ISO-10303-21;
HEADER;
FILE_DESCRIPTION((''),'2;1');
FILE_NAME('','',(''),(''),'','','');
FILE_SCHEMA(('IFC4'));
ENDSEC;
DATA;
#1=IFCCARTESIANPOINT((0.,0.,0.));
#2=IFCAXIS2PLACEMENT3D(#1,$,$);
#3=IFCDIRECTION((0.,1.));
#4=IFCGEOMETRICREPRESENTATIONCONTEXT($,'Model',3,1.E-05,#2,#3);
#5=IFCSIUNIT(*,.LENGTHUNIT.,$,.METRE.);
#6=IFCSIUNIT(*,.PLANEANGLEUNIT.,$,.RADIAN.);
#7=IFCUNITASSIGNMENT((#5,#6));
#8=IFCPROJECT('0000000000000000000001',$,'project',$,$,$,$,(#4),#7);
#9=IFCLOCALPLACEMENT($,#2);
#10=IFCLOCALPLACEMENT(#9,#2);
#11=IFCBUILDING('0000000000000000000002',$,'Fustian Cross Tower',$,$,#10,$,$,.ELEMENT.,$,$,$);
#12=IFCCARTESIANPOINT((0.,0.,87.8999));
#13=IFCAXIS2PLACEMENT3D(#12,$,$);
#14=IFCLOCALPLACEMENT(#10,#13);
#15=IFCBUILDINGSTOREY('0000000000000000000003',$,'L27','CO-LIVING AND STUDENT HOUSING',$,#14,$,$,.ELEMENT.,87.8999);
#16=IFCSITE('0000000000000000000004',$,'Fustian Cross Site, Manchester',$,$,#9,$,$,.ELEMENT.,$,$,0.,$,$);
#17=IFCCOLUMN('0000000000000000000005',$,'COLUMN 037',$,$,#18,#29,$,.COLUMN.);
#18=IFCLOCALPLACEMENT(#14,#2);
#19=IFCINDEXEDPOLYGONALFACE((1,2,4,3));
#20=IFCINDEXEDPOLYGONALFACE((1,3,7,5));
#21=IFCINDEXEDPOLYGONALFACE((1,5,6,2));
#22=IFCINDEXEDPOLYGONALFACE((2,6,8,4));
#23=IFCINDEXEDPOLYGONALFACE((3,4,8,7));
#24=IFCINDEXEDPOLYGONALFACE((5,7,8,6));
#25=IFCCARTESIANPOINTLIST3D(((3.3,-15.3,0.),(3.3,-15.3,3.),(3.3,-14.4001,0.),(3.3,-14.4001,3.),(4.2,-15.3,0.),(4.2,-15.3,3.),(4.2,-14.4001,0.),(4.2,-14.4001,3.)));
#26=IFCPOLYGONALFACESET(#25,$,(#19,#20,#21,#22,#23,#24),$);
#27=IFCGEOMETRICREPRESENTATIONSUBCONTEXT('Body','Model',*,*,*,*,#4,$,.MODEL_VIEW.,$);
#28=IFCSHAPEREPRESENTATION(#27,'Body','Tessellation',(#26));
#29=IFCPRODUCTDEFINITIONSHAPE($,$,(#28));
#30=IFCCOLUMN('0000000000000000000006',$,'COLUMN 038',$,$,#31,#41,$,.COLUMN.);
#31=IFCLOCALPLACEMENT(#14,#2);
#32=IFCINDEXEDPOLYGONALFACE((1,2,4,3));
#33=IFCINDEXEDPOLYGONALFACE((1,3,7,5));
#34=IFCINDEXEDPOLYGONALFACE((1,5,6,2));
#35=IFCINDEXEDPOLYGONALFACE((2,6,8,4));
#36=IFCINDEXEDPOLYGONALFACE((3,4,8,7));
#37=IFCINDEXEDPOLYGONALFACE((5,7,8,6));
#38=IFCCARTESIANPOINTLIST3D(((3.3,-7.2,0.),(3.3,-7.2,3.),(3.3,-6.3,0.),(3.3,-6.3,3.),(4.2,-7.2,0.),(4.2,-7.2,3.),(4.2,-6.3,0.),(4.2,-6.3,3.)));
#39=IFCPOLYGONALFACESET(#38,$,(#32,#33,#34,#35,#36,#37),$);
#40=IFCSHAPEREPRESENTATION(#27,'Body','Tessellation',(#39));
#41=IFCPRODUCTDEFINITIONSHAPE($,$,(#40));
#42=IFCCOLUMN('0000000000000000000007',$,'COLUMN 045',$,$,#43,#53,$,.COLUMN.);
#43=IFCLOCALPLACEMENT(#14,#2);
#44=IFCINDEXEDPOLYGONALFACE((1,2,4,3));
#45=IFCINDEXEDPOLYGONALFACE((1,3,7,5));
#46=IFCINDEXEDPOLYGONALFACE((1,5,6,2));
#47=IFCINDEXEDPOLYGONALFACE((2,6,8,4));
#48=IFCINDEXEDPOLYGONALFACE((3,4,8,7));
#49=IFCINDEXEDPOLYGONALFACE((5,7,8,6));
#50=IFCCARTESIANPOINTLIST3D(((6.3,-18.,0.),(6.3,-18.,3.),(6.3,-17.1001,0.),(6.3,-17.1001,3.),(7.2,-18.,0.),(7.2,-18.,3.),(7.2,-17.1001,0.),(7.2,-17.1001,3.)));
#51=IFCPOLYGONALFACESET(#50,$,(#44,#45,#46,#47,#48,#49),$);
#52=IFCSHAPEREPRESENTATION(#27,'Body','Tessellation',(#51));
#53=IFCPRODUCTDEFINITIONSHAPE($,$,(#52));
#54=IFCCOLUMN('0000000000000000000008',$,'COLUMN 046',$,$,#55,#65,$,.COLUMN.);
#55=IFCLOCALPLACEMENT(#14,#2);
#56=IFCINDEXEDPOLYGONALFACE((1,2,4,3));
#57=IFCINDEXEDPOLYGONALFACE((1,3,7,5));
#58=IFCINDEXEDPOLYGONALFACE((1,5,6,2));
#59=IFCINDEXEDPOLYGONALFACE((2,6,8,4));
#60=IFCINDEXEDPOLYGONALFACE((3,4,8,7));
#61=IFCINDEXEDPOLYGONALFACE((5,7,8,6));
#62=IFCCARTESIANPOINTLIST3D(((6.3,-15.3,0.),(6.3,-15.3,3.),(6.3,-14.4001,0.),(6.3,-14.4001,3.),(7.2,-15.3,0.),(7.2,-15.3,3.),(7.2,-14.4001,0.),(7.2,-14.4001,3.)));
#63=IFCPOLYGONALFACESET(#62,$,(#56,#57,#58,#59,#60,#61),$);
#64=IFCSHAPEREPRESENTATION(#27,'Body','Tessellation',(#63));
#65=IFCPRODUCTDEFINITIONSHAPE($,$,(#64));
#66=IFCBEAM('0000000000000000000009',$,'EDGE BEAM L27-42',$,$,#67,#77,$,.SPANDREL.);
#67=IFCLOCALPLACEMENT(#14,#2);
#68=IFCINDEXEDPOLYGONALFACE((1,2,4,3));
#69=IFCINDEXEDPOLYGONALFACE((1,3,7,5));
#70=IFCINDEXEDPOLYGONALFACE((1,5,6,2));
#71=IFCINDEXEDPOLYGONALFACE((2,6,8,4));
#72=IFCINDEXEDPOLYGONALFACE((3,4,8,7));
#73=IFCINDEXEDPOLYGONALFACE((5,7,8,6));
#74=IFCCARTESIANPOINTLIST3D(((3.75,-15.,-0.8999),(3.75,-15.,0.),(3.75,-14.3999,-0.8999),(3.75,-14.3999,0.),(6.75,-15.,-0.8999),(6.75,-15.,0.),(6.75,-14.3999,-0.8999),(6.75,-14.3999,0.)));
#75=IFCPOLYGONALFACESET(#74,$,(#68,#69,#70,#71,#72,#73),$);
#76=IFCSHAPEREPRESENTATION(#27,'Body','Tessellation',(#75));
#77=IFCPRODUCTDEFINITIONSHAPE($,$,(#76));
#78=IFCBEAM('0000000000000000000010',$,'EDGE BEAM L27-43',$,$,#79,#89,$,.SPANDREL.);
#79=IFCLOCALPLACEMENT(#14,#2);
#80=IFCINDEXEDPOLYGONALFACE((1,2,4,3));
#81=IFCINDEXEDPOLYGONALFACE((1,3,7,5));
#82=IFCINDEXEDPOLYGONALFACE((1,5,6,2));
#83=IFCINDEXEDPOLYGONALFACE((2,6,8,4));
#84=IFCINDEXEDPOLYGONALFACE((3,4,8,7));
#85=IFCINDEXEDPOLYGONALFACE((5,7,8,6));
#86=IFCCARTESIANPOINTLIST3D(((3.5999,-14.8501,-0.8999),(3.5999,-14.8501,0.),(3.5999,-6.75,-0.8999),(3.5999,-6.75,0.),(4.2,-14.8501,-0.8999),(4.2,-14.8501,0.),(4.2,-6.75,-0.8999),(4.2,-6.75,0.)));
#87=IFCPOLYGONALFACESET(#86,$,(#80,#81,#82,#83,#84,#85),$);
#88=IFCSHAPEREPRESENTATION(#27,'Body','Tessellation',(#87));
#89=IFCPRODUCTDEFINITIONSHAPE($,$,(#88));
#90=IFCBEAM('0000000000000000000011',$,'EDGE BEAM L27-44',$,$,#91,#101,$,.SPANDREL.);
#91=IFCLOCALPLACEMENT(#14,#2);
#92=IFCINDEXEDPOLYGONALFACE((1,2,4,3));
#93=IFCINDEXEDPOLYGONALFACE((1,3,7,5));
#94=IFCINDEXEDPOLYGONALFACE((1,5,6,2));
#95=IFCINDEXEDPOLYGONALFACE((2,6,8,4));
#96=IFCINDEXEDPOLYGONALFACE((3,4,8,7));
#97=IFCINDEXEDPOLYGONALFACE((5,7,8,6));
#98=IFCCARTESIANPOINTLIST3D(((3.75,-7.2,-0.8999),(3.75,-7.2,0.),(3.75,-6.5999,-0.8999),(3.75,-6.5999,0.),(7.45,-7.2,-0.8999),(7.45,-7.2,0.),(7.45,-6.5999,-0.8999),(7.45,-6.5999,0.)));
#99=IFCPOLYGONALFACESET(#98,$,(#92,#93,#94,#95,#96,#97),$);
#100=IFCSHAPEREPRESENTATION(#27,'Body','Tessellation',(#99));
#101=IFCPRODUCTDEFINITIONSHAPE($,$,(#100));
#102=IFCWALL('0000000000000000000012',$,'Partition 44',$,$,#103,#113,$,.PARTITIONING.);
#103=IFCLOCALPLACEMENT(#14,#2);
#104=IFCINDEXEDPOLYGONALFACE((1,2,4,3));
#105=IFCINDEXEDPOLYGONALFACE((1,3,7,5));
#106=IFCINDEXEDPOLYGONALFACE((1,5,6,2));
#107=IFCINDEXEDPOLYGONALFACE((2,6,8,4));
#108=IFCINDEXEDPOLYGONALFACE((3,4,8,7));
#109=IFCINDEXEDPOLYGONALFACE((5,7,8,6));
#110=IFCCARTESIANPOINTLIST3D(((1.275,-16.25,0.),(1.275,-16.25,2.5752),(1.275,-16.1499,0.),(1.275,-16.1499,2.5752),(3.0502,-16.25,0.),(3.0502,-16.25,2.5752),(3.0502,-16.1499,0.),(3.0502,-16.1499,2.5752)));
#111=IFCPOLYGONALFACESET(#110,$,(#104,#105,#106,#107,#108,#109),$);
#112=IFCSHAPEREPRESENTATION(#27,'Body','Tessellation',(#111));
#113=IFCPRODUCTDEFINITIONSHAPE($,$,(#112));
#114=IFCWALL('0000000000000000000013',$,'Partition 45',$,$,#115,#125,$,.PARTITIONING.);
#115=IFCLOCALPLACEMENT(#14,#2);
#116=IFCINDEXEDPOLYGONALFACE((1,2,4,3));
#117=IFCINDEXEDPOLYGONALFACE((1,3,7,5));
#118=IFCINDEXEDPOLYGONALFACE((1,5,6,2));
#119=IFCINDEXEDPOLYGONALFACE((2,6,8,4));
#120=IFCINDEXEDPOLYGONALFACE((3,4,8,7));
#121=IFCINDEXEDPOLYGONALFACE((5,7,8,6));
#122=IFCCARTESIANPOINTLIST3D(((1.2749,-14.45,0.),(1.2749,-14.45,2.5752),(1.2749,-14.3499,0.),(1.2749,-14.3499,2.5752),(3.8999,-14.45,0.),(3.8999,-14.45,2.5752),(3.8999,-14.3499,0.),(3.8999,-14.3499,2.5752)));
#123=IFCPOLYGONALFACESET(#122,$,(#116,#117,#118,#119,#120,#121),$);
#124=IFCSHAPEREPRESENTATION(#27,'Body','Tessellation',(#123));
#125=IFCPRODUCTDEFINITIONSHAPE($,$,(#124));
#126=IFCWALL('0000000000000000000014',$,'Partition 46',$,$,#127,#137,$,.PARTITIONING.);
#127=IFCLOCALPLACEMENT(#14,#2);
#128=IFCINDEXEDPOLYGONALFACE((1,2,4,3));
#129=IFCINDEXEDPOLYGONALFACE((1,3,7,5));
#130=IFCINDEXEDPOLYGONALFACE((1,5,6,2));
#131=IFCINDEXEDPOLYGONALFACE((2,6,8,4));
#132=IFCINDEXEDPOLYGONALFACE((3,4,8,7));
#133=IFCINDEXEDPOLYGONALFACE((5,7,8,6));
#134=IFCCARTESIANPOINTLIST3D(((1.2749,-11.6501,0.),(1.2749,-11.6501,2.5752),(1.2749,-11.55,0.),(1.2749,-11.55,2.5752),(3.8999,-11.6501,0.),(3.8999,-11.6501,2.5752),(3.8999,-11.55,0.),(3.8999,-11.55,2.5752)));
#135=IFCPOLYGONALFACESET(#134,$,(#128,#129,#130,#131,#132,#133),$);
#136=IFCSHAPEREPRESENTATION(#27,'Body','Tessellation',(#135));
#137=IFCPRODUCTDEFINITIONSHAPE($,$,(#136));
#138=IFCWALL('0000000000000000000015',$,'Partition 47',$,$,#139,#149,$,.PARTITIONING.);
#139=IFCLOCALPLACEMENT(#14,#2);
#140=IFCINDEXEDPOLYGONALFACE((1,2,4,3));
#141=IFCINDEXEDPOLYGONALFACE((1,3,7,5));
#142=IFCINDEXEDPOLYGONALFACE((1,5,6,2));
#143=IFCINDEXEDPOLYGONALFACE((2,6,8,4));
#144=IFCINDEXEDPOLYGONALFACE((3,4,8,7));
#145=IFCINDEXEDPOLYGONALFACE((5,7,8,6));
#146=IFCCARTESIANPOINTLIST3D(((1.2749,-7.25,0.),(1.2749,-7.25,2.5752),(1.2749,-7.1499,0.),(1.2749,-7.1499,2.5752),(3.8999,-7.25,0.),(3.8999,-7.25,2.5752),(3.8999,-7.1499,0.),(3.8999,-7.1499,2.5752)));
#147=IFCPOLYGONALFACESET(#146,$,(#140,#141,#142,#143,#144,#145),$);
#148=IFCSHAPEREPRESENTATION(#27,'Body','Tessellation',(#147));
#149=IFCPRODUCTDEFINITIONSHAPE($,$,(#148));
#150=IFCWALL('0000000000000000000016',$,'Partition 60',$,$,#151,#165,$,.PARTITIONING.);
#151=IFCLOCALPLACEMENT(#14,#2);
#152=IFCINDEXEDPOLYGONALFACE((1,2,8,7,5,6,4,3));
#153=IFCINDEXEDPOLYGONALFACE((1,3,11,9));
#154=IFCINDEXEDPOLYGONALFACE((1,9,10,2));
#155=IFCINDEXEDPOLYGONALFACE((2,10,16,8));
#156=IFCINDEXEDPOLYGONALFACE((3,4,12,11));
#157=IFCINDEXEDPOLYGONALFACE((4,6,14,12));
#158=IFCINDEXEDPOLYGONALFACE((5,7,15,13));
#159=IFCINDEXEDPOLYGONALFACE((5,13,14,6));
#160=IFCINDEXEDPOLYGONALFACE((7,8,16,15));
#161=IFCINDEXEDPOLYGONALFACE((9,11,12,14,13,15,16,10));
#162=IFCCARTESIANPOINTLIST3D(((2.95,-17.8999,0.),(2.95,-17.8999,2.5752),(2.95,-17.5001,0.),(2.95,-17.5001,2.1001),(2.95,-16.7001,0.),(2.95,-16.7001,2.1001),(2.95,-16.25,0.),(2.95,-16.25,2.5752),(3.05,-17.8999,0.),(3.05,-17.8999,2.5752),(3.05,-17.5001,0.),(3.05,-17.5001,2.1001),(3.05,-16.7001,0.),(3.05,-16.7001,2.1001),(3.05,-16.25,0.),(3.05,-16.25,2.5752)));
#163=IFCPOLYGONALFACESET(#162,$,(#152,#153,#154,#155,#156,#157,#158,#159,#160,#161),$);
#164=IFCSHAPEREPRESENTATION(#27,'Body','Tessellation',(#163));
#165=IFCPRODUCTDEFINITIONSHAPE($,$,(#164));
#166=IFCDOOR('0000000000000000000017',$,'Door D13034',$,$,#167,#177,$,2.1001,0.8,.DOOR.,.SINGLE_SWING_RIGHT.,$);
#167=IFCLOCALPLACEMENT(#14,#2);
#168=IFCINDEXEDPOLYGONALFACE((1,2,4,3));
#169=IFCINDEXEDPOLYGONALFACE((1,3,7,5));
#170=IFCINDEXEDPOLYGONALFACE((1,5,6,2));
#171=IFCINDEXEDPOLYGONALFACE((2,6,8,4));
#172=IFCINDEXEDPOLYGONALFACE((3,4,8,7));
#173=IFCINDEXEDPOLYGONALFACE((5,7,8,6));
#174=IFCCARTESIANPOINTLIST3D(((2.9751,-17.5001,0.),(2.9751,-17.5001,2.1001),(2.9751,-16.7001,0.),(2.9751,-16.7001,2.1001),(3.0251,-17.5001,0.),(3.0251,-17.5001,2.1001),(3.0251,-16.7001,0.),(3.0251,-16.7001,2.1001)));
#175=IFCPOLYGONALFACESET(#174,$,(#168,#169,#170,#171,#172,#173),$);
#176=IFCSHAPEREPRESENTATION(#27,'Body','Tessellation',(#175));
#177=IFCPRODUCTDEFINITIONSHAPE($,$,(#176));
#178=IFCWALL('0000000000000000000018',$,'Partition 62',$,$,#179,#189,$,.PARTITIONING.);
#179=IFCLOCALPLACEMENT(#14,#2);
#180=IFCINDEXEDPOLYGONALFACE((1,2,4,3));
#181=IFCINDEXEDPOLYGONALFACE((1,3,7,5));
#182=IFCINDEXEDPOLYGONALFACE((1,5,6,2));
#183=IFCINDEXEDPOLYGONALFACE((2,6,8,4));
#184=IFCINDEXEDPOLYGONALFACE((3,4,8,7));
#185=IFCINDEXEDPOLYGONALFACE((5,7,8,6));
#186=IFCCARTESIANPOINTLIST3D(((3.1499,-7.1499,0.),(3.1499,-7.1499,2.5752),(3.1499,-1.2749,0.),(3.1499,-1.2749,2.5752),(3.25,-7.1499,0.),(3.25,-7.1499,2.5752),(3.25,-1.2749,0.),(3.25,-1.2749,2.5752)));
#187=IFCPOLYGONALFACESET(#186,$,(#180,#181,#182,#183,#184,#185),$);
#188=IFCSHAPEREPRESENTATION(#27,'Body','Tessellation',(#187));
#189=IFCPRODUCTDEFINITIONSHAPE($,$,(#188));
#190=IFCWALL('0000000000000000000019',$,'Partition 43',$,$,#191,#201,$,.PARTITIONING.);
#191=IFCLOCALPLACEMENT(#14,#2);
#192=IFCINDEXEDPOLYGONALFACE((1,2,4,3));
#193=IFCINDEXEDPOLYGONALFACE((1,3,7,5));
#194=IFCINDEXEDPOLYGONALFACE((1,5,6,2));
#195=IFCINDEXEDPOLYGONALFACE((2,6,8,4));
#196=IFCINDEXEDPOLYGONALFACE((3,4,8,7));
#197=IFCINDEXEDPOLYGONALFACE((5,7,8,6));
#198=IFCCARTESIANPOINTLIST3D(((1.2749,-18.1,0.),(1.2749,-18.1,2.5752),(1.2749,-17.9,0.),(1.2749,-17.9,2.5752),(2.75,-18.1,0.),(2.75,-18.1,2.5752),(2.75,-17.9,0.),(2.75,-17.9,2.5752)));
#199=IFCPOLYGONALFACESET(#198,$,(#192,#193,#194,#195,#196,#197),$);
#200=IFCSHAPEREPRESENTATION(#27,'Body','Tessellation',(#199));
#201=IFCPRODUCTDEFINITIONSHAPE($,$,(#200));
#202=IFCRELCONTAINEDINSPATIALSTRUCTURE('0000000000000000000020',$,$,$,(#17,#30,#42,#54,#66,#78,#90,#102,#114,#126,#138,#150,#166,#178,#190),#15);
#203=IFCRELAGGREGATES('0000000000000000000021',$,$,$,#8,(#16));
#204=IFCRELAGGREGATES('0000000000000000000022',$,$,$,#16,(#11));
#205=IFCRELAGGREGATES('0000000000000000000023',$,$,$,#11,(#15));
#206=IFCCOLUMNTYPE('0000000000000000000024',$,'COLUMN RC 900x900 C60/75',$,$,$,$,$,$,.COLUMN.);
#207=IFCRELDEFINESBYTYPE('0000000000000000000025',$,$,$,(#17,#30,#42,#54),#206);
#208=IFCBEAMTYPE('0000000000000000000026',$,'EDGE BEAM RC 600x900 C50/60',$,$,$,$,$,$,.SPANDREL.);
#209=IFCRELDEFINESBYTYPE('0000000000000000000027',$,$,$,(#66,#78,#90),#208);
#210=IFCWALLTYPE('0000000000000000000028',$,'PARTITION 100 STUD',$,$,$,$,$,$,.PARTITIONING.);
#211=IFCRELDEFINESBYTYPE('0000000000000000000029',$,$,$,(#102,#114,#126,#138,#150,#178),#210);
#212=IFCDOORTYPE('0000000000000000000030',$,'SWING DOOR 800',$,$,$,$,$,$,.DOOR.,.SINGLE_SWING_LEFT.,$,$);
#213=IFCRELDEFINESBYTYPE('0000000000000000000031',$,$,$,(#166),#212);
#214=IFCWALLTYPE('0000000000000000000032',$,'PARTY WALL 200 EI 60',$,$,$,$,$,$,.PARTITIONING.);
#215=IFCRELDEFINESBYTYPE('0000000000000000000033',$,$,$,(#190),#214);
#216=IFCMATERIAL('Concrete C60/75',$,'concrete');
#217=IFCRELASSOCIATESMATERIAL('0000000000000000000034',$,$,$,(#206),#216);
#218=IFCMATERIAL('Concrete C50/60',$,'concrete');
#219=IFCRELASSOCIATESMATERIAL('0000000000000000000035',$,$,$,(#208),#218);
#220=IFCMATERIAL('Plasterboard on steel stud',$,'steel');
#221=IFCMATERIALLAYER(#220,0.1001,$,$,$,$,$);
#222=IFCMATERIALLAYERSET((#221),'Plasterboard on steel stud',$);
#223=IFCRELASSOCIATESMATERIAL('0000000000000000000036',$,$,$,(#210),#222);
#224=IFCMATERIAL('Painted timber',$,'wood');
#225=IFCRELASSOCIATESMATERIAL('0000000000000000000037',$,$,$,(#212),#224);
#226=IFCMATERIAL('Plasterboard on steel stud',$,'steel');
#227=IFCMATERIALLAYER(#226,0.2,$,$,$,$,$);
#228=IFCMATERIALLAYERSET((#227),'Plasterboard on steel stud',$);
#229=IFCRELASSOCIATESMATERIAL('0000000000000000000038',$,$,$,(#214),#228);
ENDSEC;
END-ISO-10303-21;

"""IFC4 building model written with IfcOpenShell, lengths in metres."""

from ifc_helpers import new_model, si_unit, direction, frame, frame_2d, origin, origin_2d, place, context, subcontext, project, spatial, rectangle, extrude, material, layer, layer_set, material_profile, profile_set, type_object, element, fill, save


model = new_model("IFC4")

# Units and contexts
model_context = context("Model", 3, precision=1e-05, world=origin(), true_north=direction((0.0, 1.0)))
body_context = subcontext(model_context, "Body", "Model", "MODEL_VIEW")
ifc_project = project(units=[si_unit("LENGTHUNIT", "METRE"), si_unit("PLANEANGLEUNIT", "RADIAN")], contexts=[model_context])

# Site, building, storey
site_placement = place(None, origin())
site = spatial("IfcSite", under=ifc_project, at=site_placement, Name="Fustian Cross Site, Manchester", CompositionType="ELEMENT", RefElevation=0.0)
building_placement = place(site_placement, origin())
building = spatial("IfcBuilding", under=site, at=building_placement, Name="Fustian Cross Tower", CompositionType="ELEMENT")
storey_placement = place(building_placement, frame((0.0, 0.0, 87.8999)))
storey = spatial("IfcBuildingStorey", under=building, at=storey_placement, Name="L27", Description="CO-LIVING AND STUDENT HOUSING", CompositionType="ELEMENT", Elevation=87.8999)

# Columns
ifc_material_1 = material(Name="Concrete C60/75", Category="concrete")
ifc_material_profile_1 = material_profile(ifc_material_1, rectangle(XDim=0.8999, YDim=0.8999, at=origin_2d()), Name="RC 900x900")
ifc_profile_set_1 = profile_set([ifc_material_profile_1], Name="Concrete C60/75")
column_type = type_object("IfcColumnType", Name="COLUMN RC 900x900 C60/75", PredefinedType="COLUMN", material=ifc_profile_set_1)
for number, where, z_axis, x_axis, name in (
    (1, (3.75, -14.8501, 0.0), (0.0, 0.0, 1.0), (1.0, 0.0, 0.0), "COLUMN 037"),
    (2, (3.75, -6.75, 0.0), (0.0, 0.0, 1.0), (1.0, 0.0, 0.0), "COLUMN 038"),
    (3, (6.75, -17.55, 0.0), (0.0, 0.0, 1.0), (1.0, 0.0, 0.0), "COLUMN 045"),
    (4, (6.75, -14.8501, 0.0), (0.0, 0.0, 1.0), (1.0, 0.0, 0.0), "COLUMN 046"),
):
    element("IfcColumn", number, at=place(storey_placement, frame(where, z_axis=z_axis, x_axis=x_axis)), inside=storey, type_object=column_type, Name=name, PredefinedType="COLUMN", context=body_context, shape_type="SweptSolid", body=[
        extrude(rectangle(XDim=0.8999, YDim=0.8999, at=origin_2d()), origin(), (0.0, 0.0, 1.0), 3.0),
    ])

# Beams
ifc_material_2 = material(Name="Concrete C50/60", Category="concrete")
ifc_material_profile_2 = material_profile(ifc_material_2, rectangle(XDim=0.6001, YDim=0.8999, at=origin_2d()), Name="RC 600x900")
ifc_profile_set_2 = profile_set([ifc_material_profile_2], Name="Concrete C50/60")
beam_type = type_object("IfcBeamType", Name="EDGE BEAM RC 600x900 C50/60", PredefinedType="SPANDREL", material=ifc_profile_set_2)
beam_1_placement = place(storey_placement, frame((6.75, -14.7, -0.45), z_axis=(-1.0, 0.0, 0.0), x_axis=(0.0, -1.0, 0.0)))
element("IfcBeam", 5, at=beam_1_placement, inside=storey, type_object=beam_type, Name="EDGE BEAM L27-42", PredefinedType="SPANDREL", context=body_context, shape_type="SweptSolid", body=[
    extrude(rectangle(XDim=0.6001, YDim=0.8999, at=origin_2d()), origin(), (0.0, 0.0, 1.0), 3.0),
])
beam_2_placement = place(storey_placement, frame((3.8999, -14.8501, -0.45), z_axis=(0.0, 1.0, 0.0), x_axis=(-1.0, 0.0, 0.0)))
element("IfcBeam", 6, at=beam_2_placement, inside=storey, type_object=beam_type, Name="EDGE BEAM L27-43", PredefinedType="SPANDREL", context=body_context, shape_type="SweptSolid", body=[
    extrude(rectangle(XDim=0.6001, YDim=0.8999, at=origin_2d()), origin(), (0.0, 0.0, 1.0), 8.1001),
])
beam_3_placement = place(storey_placement, frame((3.75, -6.8999, -0.45), z_axis=(1.0, 0.0, 0.0), x_axis=(0.0, 1.0, 0.0)))
element("IfcBeam", 7, at=beam_3_placement, inside=storey, type_object=beam_type, Name="EDGE BEAM L27-44", PredefinedType="SPANDREL", context=body_context, shape_type="SweptSolid", body=[
    extrude(rectangle(XDim=0.6001, YDim=0.8999, at=origin_2d()), origin(), (0.0, 0.0, 1.0), 3.7),
])

# Walls
ifc_material_3 = material(Name="Plasterboard on steel stud", Category="steel")
ifc_layer_1 = layer(ifc_material_3, 0.1001)
ifc_layer_set_1 = layer_set([ifc_layer_1], Name="Plasterboard on steel stud")
wall_type_1 = type_object("IfcWallType", Name="PARTITION 100 STUD", PredefinedType="PARTITIONING", material=ifc_layer_set_1)
wall_1_placement = place(storey_placement, frame((1.2749, -16.2, 0.0), z_axis=(0.0, 0.0, 1.0), x_axis=(1.0, 0.0, 0.0)))
element("IfcWall", 8, at=wall_1_placement, inside=storey, type_object=wall_type_1, Name="Partition 44", PredefinedType="PARTITIONING", context=body_context, shape_type="SweptSolid", body=[
    extrude(rectangle(XDim=1.7751, YDim=0.1001, at=frame_2d((0.8877, 0.0))), origin(), (0.0, 0.0, 1.0), 2.5752),
])
for number, where, z_axis, x_axis, name in (
    (9, (1.2749, -14.3999, 0.0), (0.0, 0.0, 1.0), (1.0, 0.0, 0.0), "Partition 45"),
    (10, (1.2749, -11.6001, 0.0), (0.0, 0.0, 1.0), (1.0, 0.0, 0.0), "Partition 46"),
    (11, (1.2749, -7.2, 0.0), (0.0, 0.0, 1.0), (1.0, 0.0, 0.0), "Partition 47"),
):
    element("IfcWall", number, at=place(storey_placement, frame(where, z_axis=z_axis, x_axis=x_axis)), inside=storey, type_object=wall_type_1, Name=name, PredefinedType="PARTITIONING", context=body_context, shape_type="SweptSolid", body=[
        extrude(rectangle(XDim=2.625, YDim=0.1001, at=frame_2d((1.3125, 0.0))), origin(), (0.0, 0.0, 1.0), 2.5752),
    ])

# Wall, opening, door
wall_2_placement = place(storey_placement, frame((3.0, -17.8999, 0.0), z_axis=(0.0, 0.0, 1.0), x_axis=(0.0, 1.0, 0.0)))
wall_2 = element("IfcWall", 12, at=wall_2_placement, inside=storey, type_object=wall_type_1, Name="Partition 60", PredefinedType="PARTITIONING", context=body_context, shape_type="SweptSolid", body=[
    extrude(rectangle(XDim=1.6499, YDim=0.1001, at=frame_2d((0.825, 0.0))), origin(), (0.0, 0.0, 1.0), 2.5752),
])
opening_1_placement = place(wall_2_placement, frame((0.3999, 0.0, 0.0)))
opening_1 = element("IfcOpeningElement", 13, at=opening_1_placement, cuts=wall_2, PredefinedType="OPENING", context=body_context, shape_type="SweptSolid", body=[
    extrude(rectangle(XDim=0.8, YDim=2.1001, at=frame_2d((0.3999, 1.05))), frame((0.0, 0.0601, 0.0), z_axis=(0.0, -1.0, 0.0), x_axis=(1.0, 0.0, 0.0)), (0.0, 0.0, 1.0), 0.1201),
])
ifc_material_4 = material(Name="Painted timber", Category="wood")
door_type_1 = type_object("IfcDoorType", Name="SWING DOOR 800", OperationType="SINGLE_SWING_LEFT", PredefinedType="DOOR", material=ifc_material_4)
door_1_placement = place(opening_1_placement, origin())
door_1 = element("IfcDoor", 14, at=door_1_placement, inside=storey, type_object=door_type_1, Name="Door D13034", OperationType="SINGLE_SWING_RIGHT", OverallHeight=2.1001, OverallWidth=0.8, PredefinedType="DOOR", context=body_context, shape_type="SweptSolid", body=[
    extrude(rectangle(XDim=0.8, YDim=2.1001, at=frame_2d((0.3999, 1.05))), frame((0.0, 0.0249, 0.0), z_axis=(0.0, -1.0, 0.0), x_axis=(1.0, 0.0, 0.0)), (0.0, 0.0, 1.0), 0.05),
])
fill(opening_1, door_1)

# Walls
wall_3_placement = place(storey_placement, frame((3.2, -7.1499, 0.0), z_axis=(0.0, 0.0, 1.0), x_axis=(0.0, 1.0, 0.0)))
element("IfcWall", 15, at=wall_3_placement, inside=storey, type_object=wall_type_1, Name="Partition 62", PredefinedType="PARTITIONING", context=body_context, shape_type="SweptSolid", body=[
    extrude(rectangle(XDim=5.875, YDim=0.1001, at=frame_2d((2.9375, 0.0))), origin(), (0.0, 0.0, 1.0), 2.5752),
])
ifc_material_5 = material(Name="Plasterboard on steel stud", Category="steel")
ifc_layer_2 = layer(ifc_material_5, 0.2)
ifc_layer_set_2 = layer_set([ifc_layer_2], Name="Plasterboard on steel stud")
wall_type_2 = type_object("IfcWallType", Name="PARTY WALL 200 EI 60", PredefinedType="PARTITIONING", material=ifc_layer_set_2)
wall_4_placement = place(storey_placement, frame((1.2749, -18.0, 0.0), z_axis=(0.0, 0.0, 1.0), x_axis=(1.0, 0.0, 0.0)))
element("IfcWall", 16, at=wall_4_placement, inside=storey, type_object=wall_type_2, Name="Partition 43", PredefinedType="PARTITIONING", context=body_context, shape_type="SweptSolid", body=[
    extrude(rectangle(XDim=1.4751, YDim=0.2, at=frame_2d((0.7375, 0.0))), origin(), (0.0, 0.0, 1.0), 2.5752),
])

save(model, "model.ifc")
